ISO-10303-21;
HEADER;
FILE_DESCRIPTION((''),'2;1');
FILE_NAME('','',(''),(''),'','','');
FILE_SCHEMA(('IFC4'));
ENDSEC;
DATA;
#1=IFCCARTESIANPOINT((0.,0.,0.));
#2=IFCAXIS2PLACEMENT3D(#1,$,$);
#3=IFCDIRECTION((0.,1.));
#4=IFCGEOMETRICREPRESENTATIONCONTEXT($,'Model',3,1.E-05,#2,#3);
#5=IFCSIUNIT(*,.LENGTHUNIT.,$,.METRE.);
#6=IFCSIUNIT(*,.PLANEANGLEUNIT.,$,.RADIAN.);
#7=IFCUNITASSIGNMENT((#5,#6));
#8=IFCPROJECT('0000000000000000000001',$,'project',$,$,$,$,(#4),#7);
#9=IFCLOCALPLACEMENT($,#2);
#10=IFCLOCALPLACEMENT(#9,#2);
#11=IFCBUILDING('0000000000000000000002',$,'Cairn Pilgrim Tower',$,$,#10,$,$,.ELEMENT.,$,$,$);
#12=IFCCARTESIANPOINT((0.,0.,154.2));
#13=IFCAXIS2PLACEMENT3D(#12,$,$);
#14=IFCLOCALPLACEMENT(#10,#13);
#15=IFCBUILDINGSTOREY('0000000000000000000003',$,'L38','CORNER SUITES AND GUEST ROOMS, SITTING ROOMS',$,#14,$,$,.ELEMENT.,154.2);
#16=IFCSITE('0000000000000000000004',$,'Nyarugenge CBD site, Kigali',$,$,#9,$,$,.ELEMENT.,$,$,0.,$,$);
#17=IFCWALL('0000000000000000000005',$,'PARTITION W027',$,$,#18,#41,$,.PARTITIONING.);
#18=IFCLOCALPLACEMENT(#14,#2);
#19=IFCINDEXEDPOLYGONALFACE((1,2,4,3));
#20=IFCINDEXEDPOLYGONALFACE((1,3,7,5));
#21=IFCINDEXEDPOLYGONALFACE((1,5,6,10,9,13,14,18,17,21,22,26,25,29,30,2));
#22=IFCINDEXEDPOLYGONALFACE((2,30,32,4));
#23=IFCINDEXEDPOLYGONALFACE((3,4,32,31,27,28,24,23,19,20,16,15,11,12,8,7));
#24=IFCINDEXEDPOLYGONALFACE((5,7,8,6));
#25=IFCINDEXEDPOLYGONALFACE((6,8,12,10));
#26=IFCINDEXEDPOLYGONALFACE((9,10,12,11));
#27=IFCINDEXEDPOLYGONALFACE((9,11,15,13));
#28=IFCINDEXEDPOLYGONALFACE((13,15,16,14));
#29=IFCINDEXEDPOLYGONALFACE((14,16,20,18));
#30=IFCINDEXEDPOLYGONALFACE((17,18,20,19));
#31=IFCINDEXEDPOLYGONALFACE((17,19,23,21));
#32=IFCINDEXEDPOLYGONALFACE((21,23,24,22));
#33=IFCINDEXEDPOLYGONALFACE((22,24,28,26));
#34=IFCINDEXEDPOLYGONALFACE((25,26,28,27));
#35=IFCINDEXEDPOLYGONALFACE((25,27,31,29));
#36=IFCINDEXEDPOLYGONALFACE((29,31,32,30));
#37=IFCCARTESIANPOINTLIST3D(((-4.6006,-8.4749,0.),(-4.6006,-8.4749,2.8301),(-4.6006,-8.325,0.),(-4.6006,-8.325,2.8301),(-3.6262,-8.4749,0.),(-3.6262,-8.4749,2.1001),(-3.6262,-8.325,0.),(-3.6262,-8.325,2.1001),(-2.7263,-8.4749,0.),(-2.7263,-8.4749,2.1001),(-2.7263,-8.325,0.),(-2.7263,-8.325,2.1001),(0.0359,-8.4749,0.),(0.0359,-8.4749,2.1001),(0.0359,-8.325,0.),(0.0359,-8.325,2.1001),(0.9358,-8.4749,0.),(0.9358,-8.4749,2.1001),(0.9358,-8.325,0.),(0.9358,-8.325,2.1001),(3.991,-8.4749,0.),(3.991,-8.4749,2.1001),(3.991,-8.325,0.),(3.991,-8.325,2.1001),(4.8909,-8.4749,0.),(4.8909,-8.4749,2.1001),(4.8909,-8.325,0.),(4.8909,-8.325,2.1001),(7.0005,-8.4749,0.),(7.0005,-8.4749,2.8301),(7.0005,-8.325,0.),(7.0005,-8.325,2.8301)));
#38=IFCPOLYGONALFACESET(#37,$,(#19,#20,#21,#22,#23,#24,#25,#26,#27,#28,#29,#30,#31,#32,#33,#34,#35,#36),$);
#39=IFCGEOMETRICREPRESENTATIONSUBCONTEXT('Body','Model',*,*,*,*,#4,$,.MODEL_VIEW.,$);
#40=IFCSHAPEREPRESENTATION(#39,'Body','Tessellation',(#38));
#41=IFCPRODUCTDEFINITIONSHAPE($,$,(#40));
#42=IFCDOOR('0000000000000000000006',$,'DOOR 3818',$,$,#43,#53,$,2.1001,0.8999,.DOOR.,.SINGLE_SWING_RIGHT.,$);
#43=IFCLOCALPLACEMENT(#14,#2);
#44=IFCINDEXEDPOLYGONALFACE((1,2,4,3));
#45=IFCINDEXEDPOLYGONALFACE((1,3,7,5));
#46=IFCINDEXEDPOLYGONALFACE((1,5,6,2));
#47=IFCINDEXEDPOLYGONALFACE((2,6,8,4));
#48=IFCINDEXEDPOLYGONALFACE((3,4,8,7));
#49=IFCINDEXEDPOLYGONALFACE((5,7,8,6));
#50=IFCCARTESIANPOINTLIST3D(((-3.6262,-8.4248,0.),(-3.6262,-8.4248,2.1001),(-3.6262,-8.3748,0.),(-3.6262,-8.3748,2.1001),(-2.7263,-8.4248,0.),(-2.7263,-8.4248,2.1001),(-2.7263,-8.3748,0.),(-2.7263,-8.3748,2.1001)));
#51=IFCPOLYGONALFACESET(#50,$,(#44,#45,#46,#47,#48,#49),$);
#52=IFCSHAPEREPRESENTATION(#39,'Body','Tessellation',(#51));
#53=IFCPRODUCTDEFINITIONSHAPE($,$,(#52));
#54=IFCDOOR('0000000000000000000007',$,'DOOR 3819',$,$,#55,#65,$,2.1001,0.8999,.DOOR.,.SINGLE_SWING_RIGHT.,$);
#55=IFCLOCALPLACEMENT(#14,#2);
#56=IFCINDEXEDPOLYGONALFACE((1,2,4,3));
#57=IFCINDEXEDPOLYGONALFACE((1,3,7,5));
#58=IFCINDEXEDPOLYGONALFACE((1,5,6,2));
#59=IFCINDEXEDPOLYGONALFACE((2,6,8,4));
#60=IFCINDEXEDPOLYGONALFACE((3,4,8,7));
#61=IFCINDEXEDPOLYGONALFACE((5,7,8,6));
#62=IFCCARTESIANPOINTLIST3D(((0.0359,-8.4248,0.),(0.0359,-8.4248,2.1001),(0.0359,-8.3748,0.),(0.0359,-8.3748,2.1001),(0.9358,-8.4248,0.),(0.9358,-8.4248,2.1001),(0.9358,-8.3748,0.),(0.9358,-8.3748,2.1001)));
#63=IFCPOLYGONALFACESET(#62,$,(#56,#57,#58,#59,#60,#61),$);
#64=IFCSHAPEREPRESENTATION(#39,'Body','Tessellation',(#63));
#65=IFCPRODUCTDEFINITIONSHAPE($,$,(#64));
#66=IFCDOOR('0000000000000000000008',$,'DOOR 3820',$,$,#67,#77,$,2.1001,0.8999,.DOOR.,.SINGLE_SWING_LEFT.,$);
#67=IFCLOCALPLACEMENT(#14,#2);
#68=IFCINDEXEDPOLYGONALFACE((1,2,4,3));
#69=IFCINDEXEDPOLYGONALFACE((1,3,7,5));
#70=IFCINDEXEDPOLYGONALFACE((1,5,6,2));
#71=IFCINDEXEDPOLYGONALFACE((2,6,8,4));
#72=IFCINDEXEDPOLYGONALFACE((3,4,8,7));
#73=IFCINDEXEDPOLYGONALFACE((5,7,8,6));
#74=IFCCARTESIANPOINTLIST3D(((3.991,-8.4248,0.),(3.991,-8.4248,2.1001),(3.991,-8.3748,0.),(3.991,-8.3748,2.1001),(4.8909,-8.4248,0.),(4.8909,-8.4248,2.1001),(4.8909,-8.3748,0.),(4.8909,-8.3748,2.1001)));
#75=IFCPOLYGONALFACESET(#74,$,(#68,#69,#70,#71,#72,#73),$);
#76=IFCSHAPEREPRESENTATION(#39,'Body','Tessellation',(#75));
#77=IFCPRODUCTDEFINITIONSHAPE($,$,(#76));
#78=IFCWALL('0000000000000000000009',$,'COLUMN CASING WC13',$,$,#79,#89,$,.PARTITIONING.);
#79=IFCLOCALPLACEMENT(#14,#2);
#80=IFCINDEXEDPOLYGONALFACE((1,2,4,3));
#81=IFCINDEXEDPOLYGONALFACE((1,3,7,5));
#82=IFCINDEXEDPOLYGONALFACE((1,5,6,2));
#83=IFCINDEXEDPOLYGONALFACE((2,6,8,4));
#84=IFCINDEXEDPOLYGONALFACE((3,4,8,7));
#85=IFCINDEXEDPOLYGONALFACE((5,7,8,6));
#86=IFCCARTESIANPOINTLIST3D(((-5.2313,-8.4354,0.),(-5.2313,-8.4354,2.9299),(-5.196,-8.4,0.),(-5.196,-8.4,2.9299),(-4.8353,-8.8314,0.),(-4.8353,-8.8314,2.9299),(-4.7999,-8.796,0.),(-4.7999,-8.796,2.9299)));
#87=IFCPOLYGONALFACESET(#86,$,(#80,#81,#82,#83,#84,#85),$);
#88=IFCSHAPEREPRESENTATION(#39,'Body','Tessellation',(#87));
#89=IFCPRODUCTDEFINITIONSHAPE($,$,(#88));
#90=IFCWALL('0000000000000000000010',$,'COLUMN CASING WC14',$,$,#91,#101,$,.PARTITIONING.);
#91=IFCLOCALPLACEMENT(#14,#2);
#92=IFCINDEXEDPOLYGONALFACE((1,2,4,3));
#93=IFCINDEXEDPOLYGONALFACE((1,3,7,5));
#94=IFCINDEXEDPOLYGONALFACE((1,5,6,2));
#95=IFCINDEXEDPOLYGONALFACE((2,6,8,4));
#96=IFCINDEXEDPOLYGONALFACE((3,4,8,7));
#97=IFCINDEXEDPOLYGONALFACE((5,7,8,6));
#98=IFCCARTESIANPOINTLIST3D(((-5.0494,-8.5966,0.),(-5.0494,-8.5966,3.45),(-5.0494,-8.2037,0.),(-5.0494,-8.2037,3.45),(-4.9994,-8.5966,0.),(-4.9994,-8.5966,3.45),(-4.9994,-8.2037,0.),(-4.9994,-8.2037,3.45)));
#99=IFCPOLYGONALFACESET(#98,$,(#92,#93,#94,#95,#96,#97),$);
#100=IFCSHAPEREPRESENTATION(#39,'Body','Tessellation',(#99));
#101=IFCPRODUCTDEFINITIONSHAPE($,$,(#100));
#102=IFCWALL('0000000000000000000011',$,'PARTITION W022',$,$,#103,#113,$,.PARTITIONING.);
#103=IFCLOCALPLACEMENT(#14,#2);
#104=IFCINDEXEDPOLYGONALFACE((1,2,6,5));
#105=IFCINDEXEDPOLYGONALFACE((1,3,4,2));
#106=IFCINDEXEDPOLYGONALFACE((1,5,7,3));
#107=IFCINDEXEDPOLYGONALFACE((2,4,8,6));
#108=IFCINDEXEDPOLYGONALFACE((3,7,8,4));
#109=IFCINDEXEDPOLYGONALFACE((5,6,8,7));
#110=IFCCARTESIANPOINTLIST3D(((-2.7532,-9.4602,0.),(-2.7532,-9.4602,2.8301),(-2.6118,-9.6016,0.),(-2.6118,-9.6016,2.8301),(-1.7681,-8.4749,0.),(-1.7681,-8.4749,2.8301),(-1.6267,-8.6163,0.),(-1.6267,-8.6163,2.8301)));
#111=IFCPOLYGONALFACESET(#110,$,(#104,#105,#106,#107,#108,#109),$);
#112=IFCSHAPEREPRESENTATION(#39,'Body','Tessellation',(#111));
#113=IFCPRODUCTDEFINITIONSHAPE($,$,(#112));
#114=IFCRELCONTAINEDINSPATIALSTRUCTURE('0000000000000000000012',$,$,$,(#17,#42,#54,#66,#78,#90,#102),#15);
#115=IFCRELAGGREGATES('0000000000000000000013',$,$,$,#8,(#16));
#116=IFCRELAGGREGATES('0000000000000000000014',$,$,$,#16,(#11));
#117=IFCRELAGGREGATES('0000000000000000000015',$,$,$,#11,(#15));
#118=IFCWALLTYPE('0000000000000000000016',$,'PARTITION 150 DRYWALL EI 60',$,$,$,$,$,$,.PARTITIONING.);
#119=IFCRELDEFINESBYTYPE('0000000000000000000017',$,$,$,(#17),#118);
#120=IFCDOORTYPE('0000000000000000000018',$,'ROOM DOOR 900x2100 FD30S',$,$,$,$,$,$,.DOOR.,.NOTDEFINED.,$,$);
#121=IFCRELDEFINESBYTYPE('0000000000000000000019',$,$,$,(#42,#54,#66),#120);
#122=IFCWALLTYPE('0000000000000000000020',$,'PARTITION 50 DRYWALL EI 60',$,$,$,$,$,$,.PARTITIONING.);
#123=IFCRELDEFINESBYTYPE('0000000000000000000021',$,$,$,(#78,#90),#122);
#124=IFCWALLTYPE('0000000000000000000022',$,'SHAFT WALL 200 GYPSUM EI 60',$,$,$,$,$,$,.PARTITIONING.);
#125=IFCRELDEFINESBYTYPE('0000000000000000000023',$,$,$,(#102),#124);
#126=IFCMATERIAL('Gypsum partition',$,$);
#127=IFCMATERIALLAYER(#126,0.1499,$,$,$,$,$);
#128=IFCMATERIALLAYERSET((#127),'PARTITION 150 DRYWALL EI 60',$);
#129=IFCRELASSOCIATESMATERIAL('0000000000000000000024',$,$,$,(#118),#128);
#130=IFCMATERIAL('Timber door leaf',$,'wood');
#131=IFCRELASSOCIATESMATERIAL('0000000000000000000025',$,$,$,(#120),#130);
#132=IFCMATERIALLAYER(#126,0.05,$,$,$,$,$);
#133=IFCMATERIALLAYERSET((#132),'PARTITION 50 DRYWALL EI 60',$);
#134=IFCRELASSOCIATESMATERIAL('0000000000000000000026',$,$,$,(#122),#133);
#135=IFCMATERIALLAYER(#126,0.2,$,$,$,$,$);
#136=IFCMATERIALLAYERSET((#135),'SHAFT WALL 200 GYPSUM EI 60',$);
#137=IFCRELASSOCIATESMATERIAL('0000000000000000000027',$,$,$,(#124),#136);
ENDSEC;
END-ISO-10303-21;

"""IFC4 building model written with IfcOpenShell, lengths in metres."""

from ifc_helpers import new_model, si_unit, direction, frame, frame_2d, origin, place, context, subcontext, project, spatial, rectangle, extrude, material, layer, layer_set, type_object, element, fill, save


model = new_model("IFC4")

# Units and contexts
model_context = context("Model", 3, precision=1e-05, world=origin(), true_north=direction((0.0, 1.0)))
body_context = subcontext(model_context, "Body", "Model", "MODEL_VIEW")
ifc_project = project(units=[si_unit("LENGTHUNIT", "METRE"), si_unit("PLANEANGLEUNIT", "RADIAN")], contexts=[model_context])

# Site, building, storey
site_placement = place(None, origin())
site = spatial("IfcSite", under=ifc_project, at=site_placement, Name="Nyarugenge CBD site, Kigali", CompositionType="ELEMENT", RefElevation=0.0)
building_placement = place(site_placement, origin())
building = spatial("IfcBuilding", under=site, at=building_placement, Name="Cairn Pilgrim Tower", CompositionType="ELEMENT")
storey_placement = place(building_placement, frame((0.0, 0.0, 154.2)))
storey = spatial("IfcBuildingStorey", under=building, at=storey_placement, Name="L38", Description="CORNER SUITES AND GUEST ROOMS, SITTING ROOMS", CompositionType="ELEMENT", Elevation=154.2)

# Shared definitions
ifc_material_1 = material(Name="Gypsum partition")

# Shared definitions
ifc_material_2 = material(Name="Timber door leaf", Category="wood")

# Wall, openings, doors
ifc_layer_1 = layer(ifc_material_1, 0.1499)
ifc_layer_set_1 = layer_set([ifc_layer_1], Name="PARTITION 150 DRYWALL EI 60")
wall_type_1 = type_object("IfcWallType", Name="PARTITION 150 DRYWALL EI 60", PredefinedType="PARTITIONING", material=ifc_layer_set_1)
wall_1_placement = place(storey_placement, frame((-4.6006, -8.3999, 0.0), z_axis=(0.0, 0.0, 1.0), x_axis=(1.0, 0.0, 0.0)))
wall_1 = element("IfcWall", 1, at=wall_1_placement, inside=storey, type_object=wall_type_1, Name="PARTITION W027", PredefinedType="PARTITIONING", context=body_context, shape_type="SweptSolid", body=[
    extrude(rectangle(XDim=11.6011, YDim=0.1499, at=frame_2d((5.8005, 0.0))), origin(), (0.0, 0.0, 1.0), 2.8301),
])
opening_1_placement = place(wall_1_placement, frame((0.9744, 0.0, 0.0)))
opening_1 = element("IfcOpeningElement", 2, at=opening_1_placement, cuts=wall_1, PredefinedType="OPENING", context=body_context, shape_type="SweptSolid", body=[
    extrude(rectangle(XDim=0.8999, YDim=2.1001, at=frame_2d((0.45, 1.05))), frame((0.0, 0.085, 0.0), z_axis=(0.0, -1.0, 0.0), x_axis=(1.0, 0.0, 0.0)), (0.0, 0.0, 1.0), 0.1699),
])
opening_2_placement = place(wall_1_placement, frame((4.6365, 0.0, 0.0)))
opening_2 = element("IfcOpeningElement", 3, at=opening_2_placement, cuts=wall_1, PredefinedType="OPENING", context=body_context, shape_type="SweptSolid", body=[
    extrude(rectangle(XDim=0.8999, YDim=2.1001, at=frame_2d((0.45, 1.05))), frame((0.0, 0.085, 0.0), z_axis=(0.0, -1.0, 0.0), x_axis=(1.0, 0.0, 0.0)), (0.0, 0.0, 1.0), 0.1699),
])
opening_3_placement = place(wall_1_placement, frame((8.5916, 0.0, 0.0)))
opening_3 = element("IfcOpeningElement", 4, at=opening_3_placement, cuts=wall_1, PredefinedType="OPENING", context=body_context, shape_type="SweptSolid", body=[
    extrude(rectangle(XDim=0.8999, YDim=2.1001, at=frame_2d((0.45, 1.05))), frame((0.0, 0.085, 0.0), z_axis=(0.0, -1.0, 0.0), x_axis=(1.0, 0.0, 0.0)), (0.0, 0.0, 1.0), 0.1699),
])
door_type_1 = type_object("IfcDoorType", Name="ROOM DOOR 900x2100 FD30S", OperationType="NOTDEFINED", PredefinedType="DOOR", material=ifc_material_2)
door_1_placement = place(opening_1_placement, frame((0.8999, 0.0, 0.0), z_axis=(0.0, 0.0, 1.0), x_axis=(-1.0, 0.0, 0.0)))
door_1 = element("IfcDoor", 5, at=door_1_placement, inside=storey, type_object=door_type_1, Name="DOOR 3818", OperationType="SINGLE_SWING_RIGHT", OverallHeight=2.1001, OverallWidth=0.8999, PredefinedType="DOOR", context=body_context, shape_type="SweptSolid", body=[
    extrude(rectangle(XDim=0.8999, YDim=2.1001, at=frame_2d((0.45, 1.05))), frame((0.0, 0.0249, 0.0), z_axis=(0.0, -1.0, 0.0), x_axis=(1.0, 0.0, 0.0)), (0.0, 0.0, 1.0), 0.05),
])
fill(opening_1, door_1)
door_2_placement = place(opening_2_placement, frame((0.8999, 0.0, 0.0), z_axis=(0.0, 0.0, 1.0), x_axis=(-1.0, 0.0, 0.0)))
door_2 = element("IfcDoor", 6, at=door_2_placement, inside=storey, type_object=door_type_1, Name="DOOR 3819", OperationType="SINGLE_SWING_RIGHT", OverallHeight=2.1001, OverallWidth=0.8999, PredefinedType="DOOR", context=body_context, shape_type="SweptSolid", body=[
    extrude(rectangle(XDim=0.8999, YDim=2.1001, at=frame_2d((0.45, 1.05))), frame((0.0, 0.0249, 0.0), z_axis=(0.0, -1.0, 0.0), x_axis=(1.0, 0.0, 0.0)), (0.0, 0.0, 1.0), 0.05),
])
fill(opening_2, door_2)
door_3_placement = place(opening_3_placement, frame((0.8999, 0.0, 0.0), z_axis=(0.0, 0.0, 1.0), x_axis=(-1.0, 0.0, 0.0)))
door_3 = element("IfcDoor", 7, at=door_3_placement, inside=storey, type_object=door_type_1, Name="DOOR 3820", OperationType="SINGLE_SWING_LEFT", OverallHeight=2.1001, OverallWidth=0.8999, PredefinedType="DOOR", context=body_context, shape_type="SweptSolid", body=[
    extrude(rectangle(XDim=0.8999, YDim=2.1001, at=frame_2d((0.45, 1.05))), frame((0.0, 0.0249, 0.0), z_axis=(0.0, -1.0, 0.0), x_axis=(1.0, 0.0, 0.0)), (0.0, 0.0, 1.0), 0.05),
])
fill(opening_3, door_3)

# Walls
ifc_layer_2 = layer(ifc_material_1, 0.05)
ifc_layer_set_2 = layer_set([ifc_layer_2], Name="PARTITION 50 DRYWALL EI 60")
wall_type_2 = type_object("IfcWallType", Name="PARTITION 50 DRYWALL EI 60", PredefinedType="PARTITIONING", material=ifc_layer_set_2)
wall_2_placement = place(storey_placement, frame((-4.8176, -8.8137, 0.0), z_axis=(0.0, 0.0, 1.0), x_axis=(-0.707107, 0.707107, 0.0)))
element("IfcWall", 8, at=wall_2_placement, inside=storey, type_object=wall_type_2, Name="COLUMN CASING WC13", PredefinedType="PARTITIONING", context=body_context, shape_type="SweptSolid", body=[
    extrude(rectangle(XDim=0.5601, YDim=0.05, at=frame_2d((0.28, 0.0))), origin(), (0.0, 0.0, 1.0), 2.9299),
])
wall_3_placement = place(storey_placement, frame((-5.0244, -8.5964, 0.0), z_axis=(0.0, 0.0, 1.0), x_axis=(0.0, 1.0, 0.0)))
element("IfcWall", 9, at=wall_3_placement, inside=storey, type_object=wall_type_2, Name="COLUMN CASING WC14", PredefinedType="PARTITIONING", context=body_context, shape_type="SweptSolid", body=[
    extrude(rectangle(XDim=0.3928, YDim=0.05, at=frame_2d((0.1963, 0.0))), origin(), (0.0, 0.0, 1.0), 3.45),
])
ifc_layer_3 = layer(ifc_material_1, 0.2)
ifc_layer_set_3 = layer_set([ifc_layer_3], Name="SHAFT WALL 200 GYPSUM EI 60")
wall_type_3 = type_object("IfcWallType", Name="SHAFT WALL 200 GYPSUM EI 60", PredefinedType="PARTITIONING", material=ifc_layer_set_3)
wall_4_placement = place(storey_placement, frame((-2.6826, -9.531, 0.0), z_axis=(0.0, 0.0, 1.0), x_axis=(0.707019, 0.707194, 0.0)))
element("IfcWall", 10, at=wall_4_placement, inside=storey, type_object=wall_type_3, Name="PARTITION W022", PredefinedType="PARTITIONING", context=body_context, shape_type="SweptSolid", body=[
    extrude(rectangle(XDim=1.3933, YDim=0.2, at=frame_2d((0.6968, 0.0))), origin(), (0.0, 0.0, 1.0), 2.8301),
])

save(model, "model.ifc")
